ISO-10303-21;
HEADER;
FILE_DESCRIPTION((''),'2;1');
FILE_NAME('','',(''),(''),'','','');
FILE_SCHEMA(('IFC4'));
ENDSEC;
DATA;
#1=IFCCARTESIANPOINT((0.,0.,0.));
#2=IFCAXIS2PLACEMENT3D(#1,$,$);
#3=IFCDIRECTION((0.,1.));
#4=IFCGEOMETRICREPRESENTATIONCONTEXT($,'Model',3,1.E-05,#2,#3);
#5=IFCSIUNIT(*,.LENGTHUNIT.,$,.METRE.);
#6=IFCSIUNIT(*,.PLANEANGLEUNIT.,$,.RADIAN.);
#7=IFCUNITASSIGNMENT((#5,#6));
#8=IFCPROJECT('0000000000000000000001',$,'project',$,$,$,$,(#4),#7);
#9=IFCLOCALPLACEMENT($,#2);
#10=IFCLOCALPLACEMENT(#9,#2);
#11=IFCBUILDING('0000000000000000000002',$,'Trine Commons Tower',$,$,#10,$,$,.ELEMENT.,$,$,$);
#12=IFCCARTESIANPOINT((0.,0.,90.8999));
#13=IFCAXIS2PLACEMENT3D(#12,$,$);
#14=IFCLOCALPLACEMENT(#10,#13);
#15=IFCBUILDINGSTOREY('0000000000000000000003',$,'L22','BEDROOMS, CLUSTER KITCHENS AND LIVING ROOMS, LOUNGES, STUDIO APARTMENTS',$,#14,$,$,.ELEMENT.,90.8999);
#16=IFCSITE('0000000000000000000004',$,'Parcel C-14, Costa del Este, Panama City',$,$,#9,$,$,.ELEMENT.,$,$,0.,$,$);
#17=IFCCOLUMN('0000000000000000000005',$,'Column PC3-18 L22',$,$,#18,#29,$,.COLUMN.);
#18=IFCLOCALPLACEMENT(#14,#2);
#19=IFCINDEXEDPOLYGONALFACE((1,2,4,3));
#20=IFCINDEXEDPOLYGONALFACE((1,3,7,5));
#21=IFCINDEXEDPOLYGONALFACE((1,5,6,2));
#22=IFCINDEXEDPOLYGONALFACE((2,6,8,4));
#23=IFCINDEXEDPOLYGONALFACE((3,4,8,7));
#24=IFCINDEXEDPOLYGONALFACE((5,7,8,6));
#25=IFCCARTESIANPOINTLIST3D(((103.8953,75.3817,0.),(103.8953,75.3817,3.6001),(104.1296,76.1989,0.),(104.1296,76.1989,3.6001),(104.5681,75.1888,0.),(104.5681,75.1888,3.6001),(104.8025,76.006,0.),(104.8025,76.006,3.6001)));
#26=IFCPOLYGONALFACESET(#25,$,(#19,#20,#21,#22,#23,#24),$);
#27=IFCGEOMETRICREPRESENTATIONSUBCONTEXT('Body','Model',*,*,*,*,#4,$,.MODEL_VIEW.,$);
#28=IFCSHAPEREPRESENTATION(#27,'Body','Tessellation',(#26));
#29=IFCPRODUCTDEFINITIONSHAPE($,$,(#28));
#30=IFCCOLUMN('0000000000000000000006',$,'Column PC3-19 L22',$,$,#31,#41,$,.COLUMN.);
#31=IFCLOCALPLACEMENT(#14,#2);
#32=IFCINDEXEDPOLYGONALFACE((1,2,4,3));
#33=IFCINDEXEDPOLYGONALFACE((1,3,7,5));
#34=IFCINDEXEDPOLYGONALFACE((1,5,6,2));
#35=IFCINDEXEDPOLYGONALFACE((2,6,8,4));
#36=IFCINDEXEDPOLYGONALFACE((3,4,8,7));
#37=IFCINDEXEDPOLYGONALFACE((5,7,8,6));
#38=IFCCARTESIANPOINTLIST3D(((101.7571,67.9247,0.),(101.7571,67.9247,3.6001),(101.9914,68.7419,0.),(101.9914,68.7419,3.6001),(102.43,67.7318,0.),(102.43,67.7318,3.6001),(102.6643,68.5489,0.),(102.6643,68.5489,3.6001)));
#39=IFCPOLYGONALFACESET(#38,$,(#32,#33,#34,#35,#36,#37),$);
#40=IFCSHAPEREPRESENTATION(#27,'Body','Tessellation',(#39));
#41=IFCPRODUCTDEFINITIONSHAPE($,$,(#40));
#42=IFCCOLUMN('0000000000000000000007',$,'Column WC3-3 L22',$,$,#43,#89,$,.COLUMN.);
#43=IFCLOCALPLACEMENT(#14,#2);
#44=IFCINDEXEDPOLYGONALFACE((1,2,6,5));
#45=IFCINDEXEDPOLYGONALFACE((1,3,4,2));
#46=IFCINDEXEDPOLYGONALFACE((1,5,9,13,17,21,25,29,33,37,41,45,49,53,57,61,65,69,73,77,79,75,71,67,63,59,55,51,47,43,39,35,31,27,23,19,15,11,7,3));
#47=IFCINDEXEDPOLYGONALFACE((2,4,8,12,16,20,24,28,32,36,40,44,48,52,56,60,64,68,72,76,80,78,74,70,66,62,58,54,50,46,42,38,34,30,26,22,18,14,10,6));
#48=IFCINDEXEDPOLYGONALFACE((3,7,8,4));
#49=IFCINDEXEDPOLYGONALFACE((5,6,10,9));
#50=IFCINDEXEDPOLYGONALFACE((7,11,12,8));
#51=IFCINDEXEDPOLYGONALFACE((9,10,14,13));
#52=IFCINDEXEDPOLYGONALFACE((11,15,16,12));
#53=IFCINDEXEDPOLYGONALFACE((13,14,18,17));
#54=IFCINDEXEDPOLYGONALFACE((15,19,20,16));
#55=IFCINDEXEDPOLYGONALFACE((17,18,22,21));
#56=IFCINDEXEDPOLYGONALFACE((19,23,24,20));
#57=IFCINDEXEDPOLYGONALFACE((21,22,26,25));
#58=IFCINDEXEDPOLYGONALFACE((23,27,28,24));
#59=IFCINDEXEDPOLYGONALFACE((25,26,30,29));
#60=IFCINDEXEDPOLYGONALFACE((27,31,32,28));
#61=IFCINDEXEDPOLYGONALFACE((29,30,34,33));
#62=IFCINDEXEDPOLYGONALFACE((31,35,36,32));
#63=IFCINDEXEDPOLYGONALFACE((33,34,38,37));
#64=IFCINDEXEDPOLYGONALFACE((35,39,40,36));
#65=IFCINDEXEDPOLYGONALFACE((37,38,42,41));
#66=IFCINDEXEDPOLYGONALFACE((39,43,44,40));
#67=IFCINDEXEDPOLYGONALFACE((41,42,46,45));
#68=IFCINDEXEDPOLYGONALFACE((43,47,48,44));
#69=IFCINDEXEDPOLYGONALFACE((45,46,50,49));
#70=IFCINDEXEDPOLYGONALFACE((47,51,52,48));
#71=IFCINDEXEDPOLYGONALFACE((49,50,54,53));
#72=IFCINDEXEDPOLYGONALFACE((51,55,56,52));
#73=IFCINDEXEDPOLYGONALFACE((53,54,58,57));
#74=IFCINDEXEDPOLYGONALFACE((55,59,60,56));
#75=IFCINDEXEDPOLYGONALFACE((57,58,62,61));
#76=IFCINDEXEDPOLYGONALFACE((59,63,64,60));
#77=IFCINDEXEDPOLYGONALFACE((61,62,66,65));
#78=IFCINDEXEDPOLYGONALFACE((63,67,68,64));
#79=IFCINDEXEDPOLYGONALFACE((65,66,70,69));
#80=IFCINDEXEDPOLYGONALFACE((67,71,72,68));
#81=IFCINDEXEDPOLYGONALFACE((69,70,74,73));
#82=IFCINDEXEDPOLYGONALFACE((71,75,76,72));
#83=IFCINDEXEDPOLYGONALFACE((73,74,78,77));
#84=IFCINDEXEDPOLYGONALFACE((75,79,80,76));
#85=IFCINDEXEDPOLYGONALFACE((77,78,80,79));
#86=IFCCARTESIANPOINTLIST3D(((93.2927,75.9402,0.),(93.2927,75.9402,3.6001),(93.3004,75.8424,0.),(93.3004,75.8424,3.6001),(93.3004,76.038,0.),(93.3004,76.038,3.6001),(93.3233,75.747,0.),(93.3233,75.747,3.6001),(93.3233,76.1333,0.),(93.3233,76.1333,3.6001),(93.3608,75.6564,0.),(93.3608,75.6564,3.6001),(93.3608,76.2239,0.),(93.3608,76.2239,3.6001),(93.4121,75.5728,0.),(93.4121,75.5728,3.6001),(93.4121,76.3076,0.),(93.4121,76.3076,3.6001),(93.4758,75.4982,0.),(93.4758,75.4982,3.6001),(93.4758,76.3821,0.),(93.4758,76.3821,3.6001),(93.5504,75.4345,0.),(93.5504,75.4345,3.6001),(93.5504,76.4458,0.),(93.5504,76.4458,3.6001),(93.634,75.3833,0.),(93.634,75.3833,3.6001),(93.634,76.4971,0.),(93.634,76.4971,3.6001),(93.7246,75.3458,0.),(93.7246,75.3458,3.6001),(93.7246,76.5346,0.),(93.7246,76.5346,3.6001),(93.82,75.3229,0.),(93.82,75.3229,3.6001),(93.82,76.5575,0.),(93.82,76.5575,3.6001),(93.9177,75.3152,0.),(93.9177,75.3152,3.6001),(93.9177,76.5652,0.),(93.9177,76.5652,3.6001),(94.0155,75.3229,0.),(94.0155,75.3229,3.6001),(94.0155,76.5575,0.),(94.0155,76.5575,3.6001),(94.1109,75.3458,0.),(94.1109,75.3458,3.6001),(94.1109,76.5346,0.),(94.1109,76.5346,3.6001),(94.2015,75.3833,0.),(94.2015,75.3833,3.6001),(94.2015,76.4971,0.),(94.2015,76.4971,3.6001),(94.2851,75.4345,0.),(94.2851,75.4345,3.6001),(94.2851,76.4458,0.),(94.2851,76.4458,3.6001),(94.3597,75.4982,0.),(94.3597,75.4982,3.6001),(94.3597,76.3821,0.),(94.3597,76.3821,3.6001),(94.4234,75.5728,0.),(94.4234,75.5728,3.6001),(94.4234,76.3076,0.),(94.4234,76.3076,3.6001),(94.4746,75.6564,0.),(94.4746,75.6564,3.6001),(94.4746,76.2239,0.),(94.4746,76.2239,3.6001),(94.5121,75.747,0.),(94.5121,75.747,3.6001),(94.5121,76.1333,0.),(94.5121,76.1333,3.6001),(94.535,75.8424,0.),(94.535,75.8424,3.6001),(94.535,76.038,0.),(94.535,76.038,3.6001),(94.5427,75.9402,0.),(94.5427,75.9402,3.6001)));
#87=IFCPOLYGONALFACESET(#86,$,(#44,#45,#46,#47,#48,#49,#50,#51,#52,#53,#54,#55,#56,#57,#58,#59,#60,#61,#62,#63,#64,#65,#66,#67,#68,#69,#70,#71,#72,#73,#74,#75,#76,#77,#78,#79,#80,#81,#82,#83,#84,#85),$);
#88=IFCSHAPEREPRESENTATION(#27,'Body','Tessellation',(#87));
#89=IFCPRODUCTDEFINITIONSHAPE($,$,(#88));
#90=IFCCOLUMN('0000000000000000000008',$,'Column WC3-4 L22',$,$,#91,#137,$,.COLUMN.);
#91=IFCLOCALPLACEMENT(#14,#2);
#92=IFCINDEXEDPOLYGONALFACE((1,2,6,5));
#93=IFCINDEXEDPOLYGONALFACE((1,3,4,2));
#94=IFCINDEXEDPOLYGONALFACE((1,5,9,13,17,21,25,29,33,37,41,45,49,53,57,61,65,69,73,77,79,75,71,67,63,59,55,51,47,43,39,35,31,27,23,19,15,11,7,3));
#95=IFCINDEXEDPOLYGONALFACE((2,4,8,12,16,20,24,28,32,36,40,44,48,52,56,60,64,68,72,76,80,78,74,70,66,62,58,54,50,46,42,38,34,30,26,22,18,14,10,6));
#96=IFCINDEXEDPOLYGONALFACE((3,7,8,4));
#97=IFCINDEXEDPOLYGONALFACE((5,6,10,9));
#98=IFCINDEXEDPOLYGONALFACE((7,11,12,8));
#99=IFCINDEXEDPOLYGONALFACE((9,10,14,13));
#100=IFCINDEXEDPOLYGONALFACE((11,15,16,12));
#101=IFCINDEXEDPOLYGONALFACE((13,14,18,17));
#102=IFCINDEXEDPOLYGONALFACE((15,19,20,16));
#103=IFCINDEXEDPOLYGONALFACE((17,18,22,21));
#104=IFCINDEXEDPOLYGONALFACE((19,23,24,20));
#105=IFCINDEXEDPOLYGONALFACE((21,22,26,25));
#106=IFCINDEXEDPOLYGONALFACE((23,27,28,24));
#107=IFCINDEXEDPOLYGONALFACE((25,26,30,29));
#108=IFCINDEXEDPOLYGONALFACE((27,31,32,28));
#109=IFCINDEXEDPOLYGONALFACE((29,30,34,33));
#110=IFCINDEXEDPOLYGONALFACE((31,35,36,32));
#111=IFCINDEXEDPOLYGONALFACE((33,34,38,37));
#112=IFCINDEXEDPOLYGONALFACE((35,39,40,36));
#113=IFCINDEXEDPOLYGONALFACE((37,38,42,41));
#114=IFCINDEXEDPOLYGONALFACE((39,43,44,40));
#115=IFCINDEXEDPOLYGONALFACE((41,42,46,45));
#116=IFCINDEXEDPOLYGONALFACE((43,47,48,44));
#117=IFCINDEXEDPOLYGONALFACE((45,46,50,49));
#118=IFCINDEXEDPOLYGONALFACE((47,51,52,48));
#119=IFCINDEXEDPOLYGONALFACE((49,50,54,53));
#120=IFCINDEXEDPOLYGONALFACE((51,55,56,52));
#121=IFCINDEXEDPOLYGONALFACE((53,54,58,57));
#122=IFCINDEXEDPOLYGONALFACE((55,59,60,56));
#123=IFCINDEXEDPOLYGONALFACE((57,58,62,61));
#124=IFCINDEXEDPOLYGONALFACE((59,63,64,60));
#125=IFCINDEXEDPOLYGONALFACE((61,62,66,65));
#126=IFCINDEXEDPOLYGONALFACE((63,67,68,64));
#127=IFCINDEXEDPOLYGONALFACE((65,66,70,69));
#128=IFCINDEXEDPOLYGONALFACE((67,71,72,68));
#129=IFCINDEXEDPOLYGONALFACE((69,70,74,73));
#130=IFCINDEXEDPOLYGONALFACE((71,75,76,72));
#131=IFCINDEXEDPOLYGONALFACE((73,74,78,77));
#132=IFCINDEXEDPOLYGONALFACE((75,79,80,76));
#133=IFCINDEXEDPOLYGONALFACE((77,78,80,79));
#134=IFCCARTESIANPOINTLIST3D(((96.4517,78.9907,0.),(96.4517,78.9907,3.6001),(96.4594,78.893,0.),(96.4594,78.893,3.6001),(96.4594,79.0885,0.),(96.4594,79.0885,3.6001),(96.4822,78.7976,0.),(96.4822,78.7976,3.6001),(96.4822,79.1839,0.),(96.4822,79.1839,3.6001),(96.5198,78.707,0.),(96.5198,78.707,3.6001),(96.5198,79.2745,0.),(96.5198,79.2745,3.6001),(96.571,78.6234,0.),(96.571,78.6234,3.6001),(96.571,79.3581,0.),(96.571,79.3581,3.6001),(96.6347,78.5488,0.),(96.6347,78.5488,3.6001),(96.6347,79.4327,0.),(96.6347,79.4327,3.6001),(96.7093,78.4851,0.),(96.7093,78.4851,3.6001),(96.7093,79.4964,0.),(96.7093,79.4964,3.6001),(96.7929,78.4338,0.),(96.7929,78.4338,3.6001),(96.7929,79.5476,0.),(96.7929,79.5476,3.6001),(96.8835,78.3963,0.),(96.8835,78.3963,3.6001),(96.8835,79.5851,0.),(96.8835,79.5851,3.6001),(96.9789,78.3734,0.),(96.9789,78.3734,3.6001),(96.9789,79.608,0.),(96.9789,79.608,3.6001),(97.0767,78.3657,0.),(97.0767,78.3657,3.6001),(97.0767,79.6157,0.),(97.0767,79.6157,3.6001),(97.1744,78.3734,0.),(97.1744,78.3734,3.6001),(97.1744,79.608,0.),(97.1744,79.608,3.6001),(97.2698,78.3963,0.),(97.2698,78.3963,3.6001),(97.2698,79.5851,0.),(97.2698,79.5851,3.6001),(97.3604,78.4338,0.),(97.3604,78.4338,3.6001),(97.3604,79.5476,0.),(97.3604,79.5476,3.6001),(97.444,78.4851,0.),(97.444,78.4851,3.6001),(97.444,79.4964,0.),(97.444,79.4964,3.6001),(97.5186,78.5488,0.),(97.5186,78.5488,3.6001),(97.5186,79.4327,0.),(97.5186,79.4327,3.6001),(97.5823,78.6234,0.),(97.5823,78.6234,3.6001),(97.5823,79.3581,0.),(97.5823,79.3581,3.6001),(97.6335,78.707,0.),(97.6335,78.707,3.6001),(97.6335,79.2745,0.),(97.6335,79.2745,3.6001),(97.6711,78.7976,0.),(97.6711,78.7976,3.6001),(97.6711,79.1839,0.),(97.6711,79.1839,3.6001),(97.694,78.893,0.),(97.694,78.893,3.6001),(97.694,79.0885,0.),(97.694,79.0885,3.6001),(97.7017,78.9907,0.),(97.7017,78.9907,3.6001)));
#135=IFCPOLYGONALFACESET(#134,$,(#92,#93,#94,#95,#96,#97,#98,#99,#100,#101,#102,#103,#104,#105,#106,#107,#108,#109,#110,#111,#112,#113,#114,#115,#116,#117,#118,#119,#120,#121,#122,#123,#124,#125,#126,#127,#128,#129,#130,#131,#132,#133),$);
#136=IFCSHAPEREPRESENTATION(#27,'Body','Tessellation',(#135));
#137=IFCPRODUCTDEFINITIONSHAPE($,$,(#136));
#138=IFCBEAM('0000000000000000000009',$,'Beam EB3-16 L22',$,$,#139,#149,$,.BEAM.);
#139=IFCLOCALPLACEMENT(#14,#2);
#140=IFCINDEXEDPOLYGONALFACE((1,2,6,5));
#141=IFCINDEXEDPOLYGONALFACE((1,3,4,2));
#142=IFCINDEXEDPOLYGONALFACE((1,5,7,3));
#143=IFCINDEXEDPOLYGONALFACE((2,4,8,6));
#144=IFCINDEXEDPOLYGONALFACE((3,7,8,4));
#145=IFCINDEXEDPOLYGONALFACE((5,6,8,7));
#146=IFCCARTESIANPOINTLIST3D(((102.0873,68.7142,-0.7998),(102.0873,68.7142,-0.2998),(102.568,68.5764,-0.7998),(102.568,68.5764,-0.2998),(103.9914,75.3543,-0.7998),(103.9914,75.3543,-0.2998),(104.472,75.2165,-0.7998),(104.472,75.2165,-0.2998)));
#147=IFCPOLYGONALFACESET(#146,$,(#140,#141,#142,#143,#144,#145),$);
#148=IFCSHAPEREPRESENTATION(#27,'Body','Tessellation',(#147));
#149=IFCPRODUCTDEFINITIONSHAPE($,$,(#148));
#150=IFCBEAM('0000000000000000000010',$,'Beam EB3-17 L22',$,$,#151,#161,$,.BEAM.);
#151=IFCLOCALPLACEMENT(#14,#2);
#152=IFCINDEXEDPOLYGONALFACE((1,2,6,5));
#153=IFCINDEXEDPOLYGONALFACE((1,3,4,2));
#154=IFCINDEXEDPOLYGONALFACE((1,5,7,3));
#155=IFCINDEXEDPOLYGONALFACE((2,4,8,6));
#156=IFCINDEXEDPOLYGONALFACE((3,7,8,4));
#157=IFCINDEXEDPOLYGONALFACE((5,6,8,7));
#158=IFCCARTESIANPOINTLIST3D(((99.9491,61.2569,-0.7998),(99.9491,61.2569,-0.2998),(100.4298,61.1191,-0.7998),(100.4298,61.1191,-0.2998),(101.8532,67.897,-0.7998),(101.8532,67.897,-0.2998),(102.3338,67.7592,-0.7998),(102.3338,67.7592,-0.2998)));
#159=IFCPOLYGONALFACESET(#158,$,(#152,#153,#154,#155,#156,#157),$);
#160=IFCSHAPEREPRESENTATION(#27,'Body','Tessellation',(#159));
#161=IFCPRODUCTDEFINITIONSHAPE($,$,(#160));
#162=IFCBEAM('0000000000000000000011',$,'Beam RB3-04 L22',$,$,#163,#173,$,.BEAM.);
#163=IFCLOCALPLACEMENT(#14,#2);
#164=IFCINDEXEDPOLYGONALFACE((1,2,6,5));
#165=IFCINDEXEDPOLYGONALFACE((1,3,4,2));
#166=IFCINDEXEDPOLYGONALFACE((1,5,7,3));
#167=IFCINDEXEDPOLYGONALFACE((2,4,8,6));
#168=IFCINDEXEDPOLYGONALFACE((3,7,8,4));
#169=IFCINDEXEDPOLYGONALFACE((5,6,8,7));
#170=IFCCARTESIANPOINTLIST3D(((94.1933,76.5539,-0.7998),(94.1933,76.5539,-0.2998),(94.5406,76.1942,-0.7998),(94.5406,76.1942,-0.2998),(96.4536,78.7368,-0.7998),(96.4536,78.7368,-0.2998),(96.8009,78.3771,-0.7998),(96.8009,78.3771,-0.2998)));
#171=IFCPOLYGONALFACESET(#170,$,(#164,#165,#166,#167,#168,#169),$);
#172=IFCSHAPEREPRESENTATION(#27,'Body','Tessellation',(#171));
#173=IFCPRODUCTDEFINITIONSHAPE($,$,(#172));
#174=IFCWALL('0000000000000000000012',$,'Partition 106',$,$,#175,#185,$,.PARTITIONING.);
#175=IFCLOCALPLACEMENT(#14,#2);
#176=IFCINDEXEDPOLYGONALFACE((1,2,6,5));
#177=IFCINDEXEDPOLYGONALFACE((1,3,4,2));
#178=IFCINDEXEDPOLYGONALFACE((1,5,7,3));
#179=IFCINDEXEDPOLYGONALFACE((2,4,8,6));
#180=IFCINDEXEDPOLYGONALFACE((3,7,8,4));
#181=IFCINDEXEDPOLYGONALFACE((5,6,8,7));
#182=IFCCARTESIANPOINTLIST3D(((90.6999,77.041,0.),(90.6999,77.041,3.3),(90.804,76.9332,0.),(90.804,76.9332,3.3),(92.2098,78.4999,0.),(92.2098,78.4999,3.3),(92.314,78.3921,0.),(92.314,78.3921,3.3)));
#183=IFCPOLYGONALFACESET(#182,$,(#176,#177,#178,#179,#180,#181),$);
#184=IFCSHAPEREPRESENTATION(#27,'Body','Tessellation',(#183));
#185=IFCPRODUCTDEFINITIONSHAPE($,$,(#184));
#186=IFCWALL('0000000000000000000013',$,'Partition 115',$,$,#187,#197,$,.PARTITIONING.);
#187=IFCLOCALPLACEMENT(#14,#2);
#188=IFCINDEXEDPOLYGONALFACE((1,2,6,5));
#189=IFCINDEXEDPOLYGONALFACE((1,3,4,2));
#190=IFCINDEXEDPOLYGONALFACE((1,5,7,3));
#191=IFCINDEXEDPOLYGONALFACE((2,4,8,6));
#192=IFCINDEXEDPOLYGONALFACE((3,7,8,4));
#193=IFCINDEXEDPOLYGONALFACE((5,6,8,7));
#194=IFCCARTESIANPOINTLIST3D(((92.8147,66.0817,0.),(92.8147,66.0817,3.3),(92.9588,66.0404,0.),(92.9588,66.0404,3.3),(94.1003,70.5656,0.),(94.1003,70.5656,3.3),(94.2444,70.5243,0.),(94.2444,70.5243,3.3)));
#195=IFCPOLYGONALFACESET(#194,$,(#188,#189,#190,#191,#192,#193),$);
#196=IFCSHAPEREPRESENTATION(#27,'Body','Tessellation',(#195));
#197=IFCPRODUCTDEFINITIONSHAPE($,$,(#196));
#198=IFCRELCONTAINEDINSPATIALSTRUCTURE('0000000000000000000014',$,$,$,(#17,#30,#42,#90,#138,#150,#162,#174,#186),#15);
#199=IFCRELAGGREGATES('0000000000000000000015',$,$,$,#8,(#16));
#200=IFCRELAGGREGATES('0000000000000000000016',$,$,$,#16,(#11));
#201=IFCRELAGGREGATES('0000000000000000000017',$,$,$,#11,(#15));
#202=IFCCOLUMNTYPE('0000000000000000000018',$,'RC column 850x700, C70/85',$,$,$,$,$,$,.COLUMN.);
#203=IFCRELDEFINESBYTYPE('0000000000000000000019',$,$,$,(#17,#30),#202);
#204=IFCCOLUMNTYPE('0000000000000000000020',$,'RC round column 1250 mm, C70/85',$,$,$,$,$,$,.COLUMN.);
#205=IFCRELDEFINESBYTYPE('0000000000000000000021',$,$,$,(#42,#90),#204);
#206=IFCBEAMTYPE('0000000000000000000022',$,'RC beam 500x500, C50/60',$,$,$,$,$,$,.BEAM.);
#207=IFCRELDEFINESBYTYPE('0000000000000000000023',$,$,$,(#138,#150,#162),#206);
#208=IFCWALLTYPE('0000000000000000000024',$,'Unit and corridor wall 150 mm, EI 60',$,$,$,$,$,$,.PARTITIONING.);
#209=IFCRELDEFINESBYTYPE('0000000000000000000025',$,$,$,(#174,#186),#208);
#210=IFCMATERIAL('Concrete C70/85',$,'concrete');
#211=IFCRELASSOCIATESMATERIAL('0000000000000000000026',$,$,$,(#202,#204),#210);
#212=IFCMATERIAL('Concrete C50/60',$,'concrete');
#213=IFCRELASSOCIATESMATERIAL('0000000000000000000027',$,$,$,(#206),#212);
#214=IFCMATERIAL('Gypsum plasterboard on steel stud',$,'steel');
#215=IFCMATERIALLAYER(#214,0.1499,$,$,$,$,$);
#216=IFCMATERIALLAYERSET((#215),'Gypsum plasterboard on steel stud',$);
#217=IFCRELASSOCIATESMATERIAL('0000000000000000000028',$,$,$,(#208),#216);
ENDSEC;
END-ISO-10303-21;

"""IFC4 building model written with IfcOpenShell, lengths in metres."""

from ifc_helpers import new_model, si_unit, direction, frame, frame_2d, origin, origin_2d, place, context, subcontext, project, spatial, rectangle, circle, extrude, material, layer, layer_set, material_profile, profile_set, type_object, element, save


model = new_model("IFC4")

# Units and contexts
model_context = context("Model", 3, precision=1e-05, world=origin(), true_north=direction((0.0, 1.0)))
body_context = subcontext(model_context, "Body", "Model", "MODEL_VIEW")
ifc_project = project(units=[si_unit("LENGTHUNIT", "METRE"), si_unit("PLANEANGLEUNIT", "RADIAN")], contexts=[model_context])

# Site, building, storey
site_placement = place(None, origin())
site = spatial("IfcSite", under=ifc_project, at=site_placement, Name="Parcel C-14, Costa del Este, Panama City", CompositionType="ELEMENT", RefElevation=0.0)
building_placement = place(site_placement, origin())
building = spatial("IfcBuilding", under=site, at=building_placement, Name="Trine Commons Tower", CompositionType="ELEMENT")
storey_placement = place(building_placement, frame((0.0, 0.0, 90.8999)))
storey = spatial("IfcBuildingStorey", under=building, at=storey_placement, Name="L22", Description="BEDROOMS, CLUSTER KITCHENS AND LIVING ROOMS, LOUNGES, STUDIO APARTMENTS", CompositionType="ELEMENT", Elevation=90.8999)

# Columns
ifc_material_1 = material(Name="Concrete C70/85", Category="concrete")
ifc_material_profile_1 = material_profile(ifc_material_1, rectangle(XDim=0.8501, YDim=0.7, at=origin_2d()), Name="RC 850x700")
ifc_profile_set_1 = profile_set([ifc_material_profile_1], Name="Concrete C70/85")
column_type_1 = type_object("IfcColumnType", Name="RC column 850x700, C70/85", PredefinedType="COLUMN", material=ifc_profile_set_1)
for number, where, z_axis, x_axis, name in (
    (1, (104.3489, 75.6938, 0.0), (0.0, 0.0, 1.0), (0.275637, 0.961262, 0.0), "Column PC3-18 L22"),
    (2, (102.2107, 68.2368, 0.0), (0.0, 0.0, 1.0), (0.275637, 0.961262, 0.0), "Column PC3-19 L22"),
):
    element("IfcColumn", number, at=place(storey_placement, frame(where, z_axis=z_axis, x_axis=x_axis)), inside=storey, type_object=column_type_1, Name=name, PredefinedType="COLUMN", context=body_context, shape_type="SweptSolid", body=[
        extrude(rectangle(XDim=0.8501, YDim=0.7, at=origin_2d()), origin(), (0.0, 0.0, 1.0), 3.6001),
    ])
ifc_material_profile_2 = material_profile(ifc_material_1, circle(Radius=0.625, at=origin_2d()), Name="RC round 1250")
ifc_profile_set_2 = profile_set([ifc_material_profile_2], Name="Concrete C70/85")
column_type_2 = type_object("IfcColumnType", Name="RC round column 1250 mm, C70/85", PredefinedType="COLUMN", material=ifc_profile_set_2)
for number, where, z_axis, x_axis, name in (
    (3, (93.9177, 75.9402, 0.0), (0.0, 0.0, 1.0), (1.0, 0.0, 0.0), "Column WC3-3 L22"),
    (4, (97.0767, 78.9907, 0.0), (0.0, 0.0, 1.0), (1.0, 0.0, 0.0), "Column WC3-4 L22"),
):
    element("IfcColumn", number, at=place(storey_placement, frame(where, z_axis=z_axis, x_axis=x_axis)), inside=storey, type_object=column_type_2, Name=name, PredefinedType="COLUMN", context=body_context, shape_type="SweptSolid", body=[
        extrude(circle(Radius=0.625, at=origin_2d()), origin(), (0.0, 0.0, 1.0), 3.6001),
    ])

# Beams
ifc_material_2 = material(Name="Concrete C50/60", Category="concrete")
ifc_material_profile_3 = material_profile(ifc_material_2, rectangle(XDim=0.5, YDim=0.5, at=origin_2d()), Name="RC 500x500")
ifc_profile_set_3 = profile_set([ifc_material_profile_3], Name="Concrete C50/60")
beam_type = type_object("IfcBeamType", Name="RC beam 500x500, C50/60", PredefinedType="BEAM", material=ifc_profile_set_3)
for number, where, z_axis, x_axis, name in (
    (5, (104.2317, 75.2854, -0.5498), (-0.275641, -0.961261, 0.0), (0.961261, -0.275641, 0.0), "Beam EB3-16 L22"),
    (6, (102.0935, 67.8281, -0.5498), (-0.275641, -0.961261, 0.0), (0.961261, -0.275641, 0.0), "Beam EB3-17 L22"),
):
    element("IfcBeam", number, at=place(storey_placement, frame(where, z_axis=z_axis, x_axis=x_axis)), inside=storey, type_object=beam_type, Name=name, PredefinedType="BEAM", context=body_context, shape_type="SweptSolid", body=[
        extrude(rectangle(XDim=0.5, YDim=0.5, at=origin_2d()), origin(), (0.0, 0.0, 1.0), 6.9077),
    ])
beam_placement = place(storey_placement, frame((94.3669, 76.374, -0.5498), z_axis=(0.719314, 0.694685, 0.0), x_axis=(-0.694685, 0.719314, 0.0)))
element("IfcBeam", 7, at=beam_placement, inside=storey, type_object=beam_type, Name="Beam RB3-04 L22", PredefinedType="BEAM", context=body_context, shape_type="SweptSolid", body=[
    extrude(rectangle(XDim=0.5, YDim=0.5, at=origin_2d()), origin(), (0.0, 0.0, 1.0), 3.1423),
])

# Walls
ifc_material_3 = material(Name="Gypsum plasterboard on steel stud", Category="steel")
ifc_layer_1 = layer(ifc_material_3, 0.1499)
ifc_layer_set_1 = layer_set([ifc_layer_1], Name="Gypsum plasterboard on steel stud")
wall_type_1 = type_object("IfcWallType", Name="Unit and corridor wall 150 mm, EI 60", PredefinedType="PARTITIONING", material=ifc_layer_set_1)
wall_1_placement = place(storey_placement, frame((90.752, 76.9871, 0.0), z_axis=(0.0, 0.0, 1.0), x_axis=(0.719153, 0.694852, 0.0)))
element("IfcWall", 8, at=wall_1_placement, inside=storey, type_object=wall_type_1, Name="Partition 106", PredefinedType="PARTITIONING", context=body_context, shape_type="SweptSolid", body=[
    extrude(rectangle(XDim=2.0996, YDim=0.1499, at=frame_2d((1.0498, 0.0))), origin(), (0.0, 0.0, 1.0), 3.3),
])
wall_2_placement = place(storey_placement, frame((92.8867, 66.061, 0.0), z_axis=(0.0, 0.0, 1.0), x_axis=(0.27562, 0.961267, 0.0)))
element("IfcWall", 9, at=wall_2_placement, inside=storey, type_object=wall_type_1, Name="Partition 115", PredefinedType="PARTITIONING", context=body_context, shape_type="SweptSolid", body=[
    extrude(rectangle(XDim=4.6646, YDim=0.1499, at=frame_2d((2.3323, 0.0))), origin(), (0.0, 0.0, 1.0), 3.3),
])

save(model, "model.ifc")
